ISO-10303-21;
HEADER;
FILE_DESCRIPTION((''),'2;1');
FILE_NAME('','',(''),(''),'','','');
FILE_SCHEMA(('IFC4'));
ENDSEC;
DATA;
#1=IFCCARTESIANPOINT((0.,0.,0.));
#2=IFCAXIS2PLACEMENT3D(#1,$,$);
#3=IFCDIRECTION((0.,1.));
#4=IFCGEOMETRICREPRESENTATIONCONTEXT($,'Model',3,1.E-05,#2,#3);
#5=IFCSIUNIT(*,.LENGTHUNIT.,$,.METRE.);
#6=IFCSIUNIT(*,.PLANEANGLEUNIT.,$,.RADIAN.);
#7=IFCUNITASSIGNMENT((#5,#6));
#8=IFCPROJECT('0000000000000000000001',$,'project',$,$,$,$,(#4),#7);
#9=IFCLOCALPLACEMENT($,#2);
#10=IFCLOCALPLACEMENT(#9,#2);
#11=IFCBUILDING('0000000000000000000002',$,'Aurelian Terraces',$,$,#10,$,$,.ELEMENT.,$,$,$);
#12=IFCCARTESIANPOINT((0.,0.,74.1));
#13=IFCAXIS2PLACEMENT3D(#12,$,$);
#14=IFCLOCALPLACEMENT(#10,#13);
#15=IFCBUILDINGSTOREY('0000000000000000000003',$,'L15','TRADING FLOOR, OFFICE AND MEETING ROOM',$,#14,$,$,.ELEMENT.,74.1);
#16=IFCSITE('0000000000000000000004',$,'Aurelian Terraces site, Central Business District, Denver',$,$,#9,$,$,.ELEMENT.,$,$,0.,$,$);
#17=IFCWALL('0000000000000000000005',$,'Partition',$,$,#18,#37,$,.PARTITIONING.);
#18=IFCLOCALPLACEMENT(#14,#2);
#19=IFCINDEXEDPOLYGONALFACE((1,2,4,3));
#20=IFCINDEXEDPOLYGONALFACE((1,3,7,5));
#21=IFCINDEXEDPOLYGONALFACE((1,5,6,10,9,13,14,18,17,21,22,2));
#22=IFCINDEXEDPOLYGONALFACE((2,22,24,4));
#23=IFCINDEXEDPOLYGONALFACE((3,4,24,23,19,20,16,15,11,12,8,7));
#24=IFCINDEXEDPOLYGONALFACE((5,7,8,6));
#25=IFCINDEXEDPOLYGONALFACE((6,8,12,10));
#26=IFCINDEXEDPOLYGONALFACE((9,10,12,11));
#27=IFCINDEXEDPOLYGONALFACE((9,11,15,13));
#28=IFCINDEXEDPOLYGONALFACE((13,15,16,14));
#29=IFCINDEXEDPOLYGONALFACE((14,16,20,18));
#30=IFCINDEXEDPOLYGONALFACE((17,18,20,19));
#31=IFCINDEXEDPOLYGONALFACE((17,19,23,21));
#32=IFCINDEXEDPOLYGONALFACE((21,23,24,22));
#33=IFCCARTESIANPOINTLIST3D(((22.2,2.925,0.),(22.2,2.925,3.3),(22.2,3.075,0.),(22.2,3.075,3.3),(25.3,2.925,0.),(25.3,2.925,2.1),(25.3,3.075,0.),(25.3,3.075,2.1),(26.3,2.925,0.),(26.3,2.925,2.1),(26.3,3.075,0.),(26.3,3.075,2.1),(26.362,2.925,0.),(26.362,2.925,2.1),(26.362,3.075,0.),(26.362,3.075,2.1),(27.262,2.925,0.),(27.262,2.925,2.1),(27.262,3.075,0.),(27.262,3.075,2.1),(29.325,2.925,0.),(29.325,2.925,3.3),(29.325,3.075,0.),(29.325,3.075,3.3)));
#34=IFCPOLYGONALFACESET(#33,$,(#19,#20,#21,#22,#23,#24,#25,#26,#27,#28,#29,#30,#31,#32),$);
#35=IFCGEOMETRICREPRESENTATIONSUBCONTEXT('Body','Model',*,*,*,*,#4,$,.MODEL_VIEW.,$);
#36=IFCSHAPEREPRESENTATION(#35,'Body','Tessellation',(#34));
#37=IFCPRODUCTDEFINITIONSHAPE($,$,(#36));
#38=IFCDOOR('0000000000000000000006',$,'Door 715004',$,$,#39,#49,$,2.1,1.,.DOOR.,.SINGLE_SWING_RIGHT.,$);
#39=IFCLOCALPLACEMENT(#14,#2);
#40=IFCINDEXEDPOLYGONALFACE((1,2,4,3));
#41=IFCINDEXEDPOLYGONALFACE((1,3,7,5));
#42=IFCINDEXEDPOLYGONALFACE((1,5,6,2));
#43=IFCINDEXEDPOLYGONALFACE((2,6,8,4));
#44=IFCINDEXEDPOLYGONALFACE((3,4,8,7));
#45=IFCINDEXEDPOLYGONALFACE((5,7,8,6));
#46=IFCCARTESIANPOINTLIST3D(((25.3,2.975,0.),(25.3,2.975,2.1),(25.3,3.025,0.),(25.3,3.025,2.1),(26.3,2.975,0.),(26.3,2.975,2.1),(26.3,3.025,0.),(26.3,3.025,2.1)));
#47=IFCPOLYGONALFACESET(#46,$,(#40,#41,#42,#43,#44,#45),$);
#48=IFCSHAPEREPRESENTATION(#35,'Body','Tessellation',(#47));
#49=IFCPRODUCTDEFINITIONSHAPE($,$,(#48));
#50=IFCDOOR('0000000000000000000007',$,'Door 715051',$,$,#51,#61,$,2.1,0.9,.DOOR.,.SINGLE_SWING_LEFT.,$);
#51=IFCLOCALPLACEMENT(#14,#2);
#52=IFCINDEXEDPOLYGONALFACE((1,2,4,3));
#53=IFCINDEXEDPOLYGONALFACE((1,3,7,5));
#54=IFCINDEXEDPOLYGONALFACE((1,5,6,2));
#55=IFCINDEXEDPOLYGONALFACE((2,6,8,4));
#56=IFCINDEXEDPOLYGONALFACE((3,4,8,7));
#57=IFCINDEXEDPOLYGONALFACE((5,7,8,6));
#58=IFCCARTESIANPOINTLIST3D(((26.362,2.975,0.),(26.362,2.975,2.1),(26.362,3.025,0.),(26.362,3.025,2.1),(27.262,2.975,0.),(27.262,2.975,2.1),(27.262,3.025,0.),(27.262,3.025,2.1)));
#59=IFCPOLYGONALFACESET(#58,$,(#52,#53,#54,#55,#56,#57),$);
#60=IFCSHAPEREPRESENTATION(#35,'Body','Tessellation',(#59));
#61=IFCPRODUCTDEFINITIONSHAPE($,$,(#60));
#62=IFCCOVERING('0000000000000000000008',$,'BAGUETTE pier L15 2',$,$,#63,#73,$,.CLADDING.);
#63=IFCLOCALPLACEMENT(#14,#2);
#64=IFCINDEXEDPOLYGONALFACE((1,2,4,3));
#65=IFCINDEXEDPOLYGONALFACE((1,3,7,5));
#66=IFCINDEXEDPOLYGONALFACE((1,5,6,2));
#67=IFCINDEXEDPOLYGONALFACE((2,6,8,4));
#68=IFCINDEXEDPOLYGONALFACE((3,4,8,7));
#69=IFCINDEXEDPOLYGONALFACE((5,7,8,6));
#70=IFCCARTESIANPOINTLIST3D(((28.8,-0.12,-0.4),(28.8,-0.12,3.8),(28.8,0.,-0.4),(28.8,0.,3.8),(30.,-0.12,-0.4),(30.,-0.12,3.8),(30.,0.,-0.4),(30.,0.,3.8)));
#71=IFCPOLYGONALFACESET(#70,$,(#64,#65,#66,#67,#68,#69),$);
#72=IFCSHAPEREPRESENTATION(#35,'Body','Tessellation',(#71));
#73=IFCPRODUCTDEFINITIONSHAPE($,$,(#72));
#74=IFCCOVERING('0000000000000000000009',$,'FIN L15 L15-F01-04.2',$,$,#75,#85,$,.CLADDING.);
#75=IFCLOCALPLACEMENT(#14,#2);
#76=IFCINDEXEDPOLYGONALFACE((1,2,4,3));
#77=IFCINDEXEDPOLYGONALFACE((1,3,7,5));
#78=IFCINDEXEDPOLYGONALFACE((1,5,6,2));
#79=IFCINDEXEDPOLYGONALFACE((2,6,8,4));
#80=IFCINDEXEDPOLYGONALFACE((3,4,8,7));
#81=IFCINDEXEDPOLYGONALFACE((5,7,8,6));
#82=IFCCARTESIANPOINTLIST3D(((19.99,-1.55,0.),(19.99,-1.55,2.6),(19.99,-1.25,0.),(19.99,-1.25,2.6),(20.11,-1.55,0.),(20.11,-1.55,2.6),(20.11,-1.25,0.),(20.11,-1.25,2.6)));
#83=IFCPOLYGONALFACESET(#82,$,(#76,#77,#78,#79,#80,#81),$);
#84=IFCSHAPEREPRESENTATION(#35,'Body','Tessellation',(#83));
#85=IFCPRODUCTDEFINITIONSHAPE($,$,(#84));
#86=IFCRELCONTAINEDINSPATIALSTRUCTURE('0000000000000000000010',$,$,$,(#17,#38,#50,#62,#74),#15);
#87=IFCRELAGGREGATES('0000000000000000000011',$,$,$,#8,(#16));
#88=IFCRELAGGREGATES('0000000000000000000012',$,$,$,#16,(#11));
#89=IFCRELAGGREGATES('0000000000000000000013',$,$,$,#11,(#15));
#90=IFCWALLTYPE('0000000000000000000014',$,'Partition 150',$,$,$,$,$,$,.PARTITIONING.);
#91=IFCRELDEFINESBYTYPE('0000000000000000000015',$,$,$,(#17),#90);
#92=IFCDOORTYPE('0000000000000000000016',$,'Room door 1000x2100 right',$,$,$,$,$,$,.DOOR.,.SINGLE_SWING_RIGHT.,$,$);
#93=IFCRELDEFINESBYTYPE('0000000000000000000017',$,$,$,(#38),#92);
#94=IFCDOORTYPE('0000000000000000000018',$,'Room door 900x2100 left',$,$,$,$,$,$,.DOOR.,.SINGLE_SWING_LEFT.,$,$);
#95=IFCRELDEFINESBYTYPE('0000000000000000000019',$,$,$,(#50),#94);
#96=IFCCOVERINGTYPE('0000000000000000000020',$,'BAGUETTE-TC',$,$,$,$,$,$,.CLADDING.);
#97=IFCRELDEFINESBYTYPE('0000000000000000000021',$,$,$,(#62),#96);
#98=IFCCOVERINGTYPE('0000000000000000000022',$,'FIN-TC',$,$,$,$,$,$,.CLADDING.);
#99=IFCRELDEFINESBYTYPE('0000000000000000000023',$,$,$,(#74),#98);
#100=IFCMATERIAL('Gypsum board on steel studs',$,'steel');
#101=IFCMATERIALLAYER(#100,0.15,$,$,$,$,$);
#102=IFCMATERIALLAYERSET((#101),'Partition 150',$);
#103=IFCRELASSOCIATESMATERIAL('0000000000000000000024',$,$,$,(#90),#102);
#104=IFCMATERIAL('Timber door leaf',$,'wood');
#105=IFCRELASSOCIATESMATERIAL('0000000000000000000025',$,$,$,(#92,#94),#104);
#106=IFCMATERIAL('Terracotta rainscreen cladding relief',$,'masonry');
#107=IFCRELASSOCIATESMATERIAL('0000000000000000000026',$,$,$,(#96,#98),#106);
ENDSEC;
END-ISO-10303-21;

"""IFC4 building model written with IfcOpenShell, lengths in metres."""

from ifc_helpers import new_model, si_unit, direction, frame, frame_2d, origin, origin_2d, place, context, subcontext, project, spatial, rectangle, extrude, source, transform, mapped, material, layer, layer_set, type_object, element, fill, save


model = new_model("IFC4")

# Units and contexts
model_context = context("Model", 3, precision=1e-05, world=origin(), true_north=direction((0.0, 1.0)))
body_context = subcontext(model_context, "Body", "Model", "MODEL_VIEW")
ifc_project = project(units=[si_unit("LENGTHUNIT", "METRE"), si_unit("PLANEANGLEUNIT", "RADIAN")], contexts=[model_context])

# Site, building, storey
site_placement = place(None, origin())
site = spatial("IfcSite", under=ifc_project, at=site_placement, Name="Aurelian Terraces site, Central Business District, Denver", CompositionType="ELEMENT", RefElevation=0.0)
building_placement = place(site_placement, origin())
building = spatial("IfcBuilding", under=site, at=building_placement, Name="Aurelian Terraces", CompositionType="ELEMENT")
storey_placement = place(building_placement, frame((0.0, 0.0, 74.1)))
storey = spatial("IfcBuildingStorey", under=building, at=storey_placement, Name="L15", Description="TRADING FLOOR, OFFICE AND MEETING ROOM", CompositionType="ELEMENT", Elevation=74.1)

# Shared definitions
ifc_material_1 = material(Name="Gypsum board on steel studs", Category="steel")
ifc_layer_1 = layer(ifc_material_1, 0.15)
ifc_layer_set_1 = layer_set([ifc_layer_1], Name="Partition 150")
wall_type_1 = type_object("IfcWallType", Name="Partition 150", PredefinedType="PARTITIONING", material=ifc_layer_set_1)

# Wall, openings, doors
shared_shape_1 = source(origin(), body_context, "Body", "SweptSolid", [
    extrude(rectangle(XDim=7.125, YDim=0.15, at=frame_2d((3.5625, 0.0))), origin(), (0.0, 0.0, 1.0), 3.3),
])
wall_1_placement = place(storey_placement, frame((22.2, 3.0, 0.0), z_axis=(0.0, 0.0, 1.0), x_axis=(1.0, 0.0, 0.0)))
wall_1 = element("IfcWall", 1, at=wall_1_placement, inside=storey, type_object=wall_type_1, Name="Partition", PredefinedType="PARTITIONING", context=body_context, shape_type="MappedRepresentation", body=[
    mapped(shared_shape_1, transform((0.0, 0.0, 0.0), scale=1.0)),
])
shared_shape_2 = source(origin(), body_context, "Body", "SweptSolid", [
    extrude(rectangle(XDim=1.0, YDim=2.1, at=frame_2d((0.5, 1.05))), frame((0.0, 0.085, 0.0), z_axis=(0.0, -1.0, 0.0), x_axis=(1.0, 0.0, 0.0)), (0.0, 0.0, 1.0), 0.17),
])
opening_1_placement = place(wall_1_placement, frame((3.1, 0.0, 0.0)))
opening_1 = element("IfcOpeningElement", 2, at=opening_1_placement, cuts=wall_1, PredefinedType="OPENING", context=body_context, shape_type="MappedRepresentation", body=[
    mapped(shared_shape_2, transform((0.0, 0.0, 0.0), scale=1.0)),
])
shared_shape_3 = source(origin(), body_context, "Body", "SweptSolid", [
    extrude(rectangle(XDim=0.9, YDim=2.1, at=frame_2d((0.45, 1.05))), frame((0.0, 0.085, 0.0), z_axis=(0.0, -1.0, 0.0), x_axis=(1.0, 0.0, 0.0)), (0.0, 0.0, 1.0), 0.17),
])
opening_2_placement = place(wall_1_placement, frame((4.162, 0.0, 0.0)))
opening_2 = element("IfcOpeningElement", 3, at=opening_2_placement, cuts=wall_1, PredefinedType="OPENING", context=body_context, shape_type="MappedRepresentation", body=[
    mapped(shared_shape_3, transform((0.0, 0.0, 0.0), scale=1.0)),
])
ifc_material_2 = material(Name="Timber door leaf", Category="wood")
door_type_1 = type_object("IfcDoorType", Name="Room door 1000x2100 right", OperationType="SINGLE_SWING_RIGHT", PredefinedType="DOOR", material=ifc_material_2)
shared_shape_4 = source(origin(), body_context, "Body", "SweptSolid", [
    extrude(rectangle(XDim=1.0, YDim=2.1, at=frame_2d((0.5, 1.05))), frame((0.0, 0.025, 0.0), z_axis=(0.0, -1.0, 0.0), x_axis=(1.0, 0.0, 0.0)), (0.0, 0.0, 1.0), 0.05),
])
door_1_placement = place(opening_1_placement, origin())
door_1 = element("IfcDoor", 4, at=door_1_placement, inside=storey, type_object=door_type_1, Name="Door 715004", OperationType="SINGLE_SWING_RIGHT", OverallHeight=2.1, OverallWidth=1.0, PredefinedType="DOOR", context=body_context, shape_type="MappedRepresentation", body=[
    mapped(shared_shape_4, transform((0.0, 0.0, 0.0), scale=1.0)),
])
fill(opening_1, door_1)
door_type_2 = type_object("IfcDoorType", Name="Room door 900x2100 left", OperationType="SINGLE_SWING_LEFT", PredefinedType="DOOR", material=ifc_material_2)
shared_shape_5 = source(origin(), body_context, "Body", "SweptSolid", [
    extrude(rectangle(XDim=0.9, YDim=2.1, at=frame_2d((0.45, 1.05))), frame((0.0, 0.025, 0.0), z_axis=(0.0, -1.0, 0.0), x_axis=(1.0, 0.0, 0.0)), (0.0, 0.0, 1.0), 0.05),
])
door_2_placement = place(opening_2_placement, origin())
door_2 = element("IfcDoor", 5, at=door_2_placement, inside=storey, type_object=door_type_2, Name="Door 715051", OperationType="SINGLE_SWING_LEFT", OverallHeight=2.1, OverallWidth=0.9, PredefinedType="DOOR", context=body_context, shape_type="MappedRepresentation", body=[
    mapped(shared_shape_5, transform((0.0, 0.0, 0.0), scale=1.0)),
])
fill(opening_2, door_2)

# Coverings
ifc_material_3 = material(Name="Terracotta rainscreen cladding relief", Category="masonry")
covering_type_1 = type_object("IfcCoveringType", Name="BAGUETTE-TC", PredefinedType="CLADDING", material=ifc_material_3)
shared_shape_6 = source(origin(), body_context, "Body", "SweptSolid", [
    extrude(rectangle(XDim=1.2, YDim=0.12, at=origin_2d()), origin(), (0.0, 0.0, 1.0), 4.2),
])
covering_1_placement = place(storey_placement, frame((29.4, -0.06, -0.4), z_axis=(0.0, 0.0, 1.0), x_axis=(1.0, 0.0, 0.0)))
element("IfcCovering", 6, at=covering_1_placement, inside=storey, type_object=covering_type_1, Name="BAGUETTE pier L15 2", PredefinedType="CLADDING", context=body_context, shape_type="MappedRepresentation", body=[
    mapped(shared_shape_6, transform((0.0, 0.0, 0.0), scale=1.0)),
])
covering_type_2 = type_object("IfcCoveringType", Name="FIN-TC", PredefinedType="CLADDING", material=ifc_material_3)
shared_shape_7 = source(origin(), body_context, "Body", "SweptSolid", [
    extrude(rectangle(XDim=0.12, YDim=0.3, at=origin_2d()), origin(), (0.0, 0.0, 1.0), 2.6),
])
covering_2_placement = place(storey_placement, frame((20.05, -1.4, 0.0), z_axis=(0.0, 0.0, 1.0), x_axis=(1.0, 0.0, 0.0)))
element("IfcCovering", 7, at=covering_2_placement, inside=storey, type_object=covering_type_2, Name="FIN L15 L15-F01-04.2", PredefinedType="CLADDING", context=body_context, shape_type="MappedRepresentation", body=[
    mapped(shared_shape_7, transform((0.0, 0.0, 0.0), scale=1.0)),
])

save(model, "model.ifc")
